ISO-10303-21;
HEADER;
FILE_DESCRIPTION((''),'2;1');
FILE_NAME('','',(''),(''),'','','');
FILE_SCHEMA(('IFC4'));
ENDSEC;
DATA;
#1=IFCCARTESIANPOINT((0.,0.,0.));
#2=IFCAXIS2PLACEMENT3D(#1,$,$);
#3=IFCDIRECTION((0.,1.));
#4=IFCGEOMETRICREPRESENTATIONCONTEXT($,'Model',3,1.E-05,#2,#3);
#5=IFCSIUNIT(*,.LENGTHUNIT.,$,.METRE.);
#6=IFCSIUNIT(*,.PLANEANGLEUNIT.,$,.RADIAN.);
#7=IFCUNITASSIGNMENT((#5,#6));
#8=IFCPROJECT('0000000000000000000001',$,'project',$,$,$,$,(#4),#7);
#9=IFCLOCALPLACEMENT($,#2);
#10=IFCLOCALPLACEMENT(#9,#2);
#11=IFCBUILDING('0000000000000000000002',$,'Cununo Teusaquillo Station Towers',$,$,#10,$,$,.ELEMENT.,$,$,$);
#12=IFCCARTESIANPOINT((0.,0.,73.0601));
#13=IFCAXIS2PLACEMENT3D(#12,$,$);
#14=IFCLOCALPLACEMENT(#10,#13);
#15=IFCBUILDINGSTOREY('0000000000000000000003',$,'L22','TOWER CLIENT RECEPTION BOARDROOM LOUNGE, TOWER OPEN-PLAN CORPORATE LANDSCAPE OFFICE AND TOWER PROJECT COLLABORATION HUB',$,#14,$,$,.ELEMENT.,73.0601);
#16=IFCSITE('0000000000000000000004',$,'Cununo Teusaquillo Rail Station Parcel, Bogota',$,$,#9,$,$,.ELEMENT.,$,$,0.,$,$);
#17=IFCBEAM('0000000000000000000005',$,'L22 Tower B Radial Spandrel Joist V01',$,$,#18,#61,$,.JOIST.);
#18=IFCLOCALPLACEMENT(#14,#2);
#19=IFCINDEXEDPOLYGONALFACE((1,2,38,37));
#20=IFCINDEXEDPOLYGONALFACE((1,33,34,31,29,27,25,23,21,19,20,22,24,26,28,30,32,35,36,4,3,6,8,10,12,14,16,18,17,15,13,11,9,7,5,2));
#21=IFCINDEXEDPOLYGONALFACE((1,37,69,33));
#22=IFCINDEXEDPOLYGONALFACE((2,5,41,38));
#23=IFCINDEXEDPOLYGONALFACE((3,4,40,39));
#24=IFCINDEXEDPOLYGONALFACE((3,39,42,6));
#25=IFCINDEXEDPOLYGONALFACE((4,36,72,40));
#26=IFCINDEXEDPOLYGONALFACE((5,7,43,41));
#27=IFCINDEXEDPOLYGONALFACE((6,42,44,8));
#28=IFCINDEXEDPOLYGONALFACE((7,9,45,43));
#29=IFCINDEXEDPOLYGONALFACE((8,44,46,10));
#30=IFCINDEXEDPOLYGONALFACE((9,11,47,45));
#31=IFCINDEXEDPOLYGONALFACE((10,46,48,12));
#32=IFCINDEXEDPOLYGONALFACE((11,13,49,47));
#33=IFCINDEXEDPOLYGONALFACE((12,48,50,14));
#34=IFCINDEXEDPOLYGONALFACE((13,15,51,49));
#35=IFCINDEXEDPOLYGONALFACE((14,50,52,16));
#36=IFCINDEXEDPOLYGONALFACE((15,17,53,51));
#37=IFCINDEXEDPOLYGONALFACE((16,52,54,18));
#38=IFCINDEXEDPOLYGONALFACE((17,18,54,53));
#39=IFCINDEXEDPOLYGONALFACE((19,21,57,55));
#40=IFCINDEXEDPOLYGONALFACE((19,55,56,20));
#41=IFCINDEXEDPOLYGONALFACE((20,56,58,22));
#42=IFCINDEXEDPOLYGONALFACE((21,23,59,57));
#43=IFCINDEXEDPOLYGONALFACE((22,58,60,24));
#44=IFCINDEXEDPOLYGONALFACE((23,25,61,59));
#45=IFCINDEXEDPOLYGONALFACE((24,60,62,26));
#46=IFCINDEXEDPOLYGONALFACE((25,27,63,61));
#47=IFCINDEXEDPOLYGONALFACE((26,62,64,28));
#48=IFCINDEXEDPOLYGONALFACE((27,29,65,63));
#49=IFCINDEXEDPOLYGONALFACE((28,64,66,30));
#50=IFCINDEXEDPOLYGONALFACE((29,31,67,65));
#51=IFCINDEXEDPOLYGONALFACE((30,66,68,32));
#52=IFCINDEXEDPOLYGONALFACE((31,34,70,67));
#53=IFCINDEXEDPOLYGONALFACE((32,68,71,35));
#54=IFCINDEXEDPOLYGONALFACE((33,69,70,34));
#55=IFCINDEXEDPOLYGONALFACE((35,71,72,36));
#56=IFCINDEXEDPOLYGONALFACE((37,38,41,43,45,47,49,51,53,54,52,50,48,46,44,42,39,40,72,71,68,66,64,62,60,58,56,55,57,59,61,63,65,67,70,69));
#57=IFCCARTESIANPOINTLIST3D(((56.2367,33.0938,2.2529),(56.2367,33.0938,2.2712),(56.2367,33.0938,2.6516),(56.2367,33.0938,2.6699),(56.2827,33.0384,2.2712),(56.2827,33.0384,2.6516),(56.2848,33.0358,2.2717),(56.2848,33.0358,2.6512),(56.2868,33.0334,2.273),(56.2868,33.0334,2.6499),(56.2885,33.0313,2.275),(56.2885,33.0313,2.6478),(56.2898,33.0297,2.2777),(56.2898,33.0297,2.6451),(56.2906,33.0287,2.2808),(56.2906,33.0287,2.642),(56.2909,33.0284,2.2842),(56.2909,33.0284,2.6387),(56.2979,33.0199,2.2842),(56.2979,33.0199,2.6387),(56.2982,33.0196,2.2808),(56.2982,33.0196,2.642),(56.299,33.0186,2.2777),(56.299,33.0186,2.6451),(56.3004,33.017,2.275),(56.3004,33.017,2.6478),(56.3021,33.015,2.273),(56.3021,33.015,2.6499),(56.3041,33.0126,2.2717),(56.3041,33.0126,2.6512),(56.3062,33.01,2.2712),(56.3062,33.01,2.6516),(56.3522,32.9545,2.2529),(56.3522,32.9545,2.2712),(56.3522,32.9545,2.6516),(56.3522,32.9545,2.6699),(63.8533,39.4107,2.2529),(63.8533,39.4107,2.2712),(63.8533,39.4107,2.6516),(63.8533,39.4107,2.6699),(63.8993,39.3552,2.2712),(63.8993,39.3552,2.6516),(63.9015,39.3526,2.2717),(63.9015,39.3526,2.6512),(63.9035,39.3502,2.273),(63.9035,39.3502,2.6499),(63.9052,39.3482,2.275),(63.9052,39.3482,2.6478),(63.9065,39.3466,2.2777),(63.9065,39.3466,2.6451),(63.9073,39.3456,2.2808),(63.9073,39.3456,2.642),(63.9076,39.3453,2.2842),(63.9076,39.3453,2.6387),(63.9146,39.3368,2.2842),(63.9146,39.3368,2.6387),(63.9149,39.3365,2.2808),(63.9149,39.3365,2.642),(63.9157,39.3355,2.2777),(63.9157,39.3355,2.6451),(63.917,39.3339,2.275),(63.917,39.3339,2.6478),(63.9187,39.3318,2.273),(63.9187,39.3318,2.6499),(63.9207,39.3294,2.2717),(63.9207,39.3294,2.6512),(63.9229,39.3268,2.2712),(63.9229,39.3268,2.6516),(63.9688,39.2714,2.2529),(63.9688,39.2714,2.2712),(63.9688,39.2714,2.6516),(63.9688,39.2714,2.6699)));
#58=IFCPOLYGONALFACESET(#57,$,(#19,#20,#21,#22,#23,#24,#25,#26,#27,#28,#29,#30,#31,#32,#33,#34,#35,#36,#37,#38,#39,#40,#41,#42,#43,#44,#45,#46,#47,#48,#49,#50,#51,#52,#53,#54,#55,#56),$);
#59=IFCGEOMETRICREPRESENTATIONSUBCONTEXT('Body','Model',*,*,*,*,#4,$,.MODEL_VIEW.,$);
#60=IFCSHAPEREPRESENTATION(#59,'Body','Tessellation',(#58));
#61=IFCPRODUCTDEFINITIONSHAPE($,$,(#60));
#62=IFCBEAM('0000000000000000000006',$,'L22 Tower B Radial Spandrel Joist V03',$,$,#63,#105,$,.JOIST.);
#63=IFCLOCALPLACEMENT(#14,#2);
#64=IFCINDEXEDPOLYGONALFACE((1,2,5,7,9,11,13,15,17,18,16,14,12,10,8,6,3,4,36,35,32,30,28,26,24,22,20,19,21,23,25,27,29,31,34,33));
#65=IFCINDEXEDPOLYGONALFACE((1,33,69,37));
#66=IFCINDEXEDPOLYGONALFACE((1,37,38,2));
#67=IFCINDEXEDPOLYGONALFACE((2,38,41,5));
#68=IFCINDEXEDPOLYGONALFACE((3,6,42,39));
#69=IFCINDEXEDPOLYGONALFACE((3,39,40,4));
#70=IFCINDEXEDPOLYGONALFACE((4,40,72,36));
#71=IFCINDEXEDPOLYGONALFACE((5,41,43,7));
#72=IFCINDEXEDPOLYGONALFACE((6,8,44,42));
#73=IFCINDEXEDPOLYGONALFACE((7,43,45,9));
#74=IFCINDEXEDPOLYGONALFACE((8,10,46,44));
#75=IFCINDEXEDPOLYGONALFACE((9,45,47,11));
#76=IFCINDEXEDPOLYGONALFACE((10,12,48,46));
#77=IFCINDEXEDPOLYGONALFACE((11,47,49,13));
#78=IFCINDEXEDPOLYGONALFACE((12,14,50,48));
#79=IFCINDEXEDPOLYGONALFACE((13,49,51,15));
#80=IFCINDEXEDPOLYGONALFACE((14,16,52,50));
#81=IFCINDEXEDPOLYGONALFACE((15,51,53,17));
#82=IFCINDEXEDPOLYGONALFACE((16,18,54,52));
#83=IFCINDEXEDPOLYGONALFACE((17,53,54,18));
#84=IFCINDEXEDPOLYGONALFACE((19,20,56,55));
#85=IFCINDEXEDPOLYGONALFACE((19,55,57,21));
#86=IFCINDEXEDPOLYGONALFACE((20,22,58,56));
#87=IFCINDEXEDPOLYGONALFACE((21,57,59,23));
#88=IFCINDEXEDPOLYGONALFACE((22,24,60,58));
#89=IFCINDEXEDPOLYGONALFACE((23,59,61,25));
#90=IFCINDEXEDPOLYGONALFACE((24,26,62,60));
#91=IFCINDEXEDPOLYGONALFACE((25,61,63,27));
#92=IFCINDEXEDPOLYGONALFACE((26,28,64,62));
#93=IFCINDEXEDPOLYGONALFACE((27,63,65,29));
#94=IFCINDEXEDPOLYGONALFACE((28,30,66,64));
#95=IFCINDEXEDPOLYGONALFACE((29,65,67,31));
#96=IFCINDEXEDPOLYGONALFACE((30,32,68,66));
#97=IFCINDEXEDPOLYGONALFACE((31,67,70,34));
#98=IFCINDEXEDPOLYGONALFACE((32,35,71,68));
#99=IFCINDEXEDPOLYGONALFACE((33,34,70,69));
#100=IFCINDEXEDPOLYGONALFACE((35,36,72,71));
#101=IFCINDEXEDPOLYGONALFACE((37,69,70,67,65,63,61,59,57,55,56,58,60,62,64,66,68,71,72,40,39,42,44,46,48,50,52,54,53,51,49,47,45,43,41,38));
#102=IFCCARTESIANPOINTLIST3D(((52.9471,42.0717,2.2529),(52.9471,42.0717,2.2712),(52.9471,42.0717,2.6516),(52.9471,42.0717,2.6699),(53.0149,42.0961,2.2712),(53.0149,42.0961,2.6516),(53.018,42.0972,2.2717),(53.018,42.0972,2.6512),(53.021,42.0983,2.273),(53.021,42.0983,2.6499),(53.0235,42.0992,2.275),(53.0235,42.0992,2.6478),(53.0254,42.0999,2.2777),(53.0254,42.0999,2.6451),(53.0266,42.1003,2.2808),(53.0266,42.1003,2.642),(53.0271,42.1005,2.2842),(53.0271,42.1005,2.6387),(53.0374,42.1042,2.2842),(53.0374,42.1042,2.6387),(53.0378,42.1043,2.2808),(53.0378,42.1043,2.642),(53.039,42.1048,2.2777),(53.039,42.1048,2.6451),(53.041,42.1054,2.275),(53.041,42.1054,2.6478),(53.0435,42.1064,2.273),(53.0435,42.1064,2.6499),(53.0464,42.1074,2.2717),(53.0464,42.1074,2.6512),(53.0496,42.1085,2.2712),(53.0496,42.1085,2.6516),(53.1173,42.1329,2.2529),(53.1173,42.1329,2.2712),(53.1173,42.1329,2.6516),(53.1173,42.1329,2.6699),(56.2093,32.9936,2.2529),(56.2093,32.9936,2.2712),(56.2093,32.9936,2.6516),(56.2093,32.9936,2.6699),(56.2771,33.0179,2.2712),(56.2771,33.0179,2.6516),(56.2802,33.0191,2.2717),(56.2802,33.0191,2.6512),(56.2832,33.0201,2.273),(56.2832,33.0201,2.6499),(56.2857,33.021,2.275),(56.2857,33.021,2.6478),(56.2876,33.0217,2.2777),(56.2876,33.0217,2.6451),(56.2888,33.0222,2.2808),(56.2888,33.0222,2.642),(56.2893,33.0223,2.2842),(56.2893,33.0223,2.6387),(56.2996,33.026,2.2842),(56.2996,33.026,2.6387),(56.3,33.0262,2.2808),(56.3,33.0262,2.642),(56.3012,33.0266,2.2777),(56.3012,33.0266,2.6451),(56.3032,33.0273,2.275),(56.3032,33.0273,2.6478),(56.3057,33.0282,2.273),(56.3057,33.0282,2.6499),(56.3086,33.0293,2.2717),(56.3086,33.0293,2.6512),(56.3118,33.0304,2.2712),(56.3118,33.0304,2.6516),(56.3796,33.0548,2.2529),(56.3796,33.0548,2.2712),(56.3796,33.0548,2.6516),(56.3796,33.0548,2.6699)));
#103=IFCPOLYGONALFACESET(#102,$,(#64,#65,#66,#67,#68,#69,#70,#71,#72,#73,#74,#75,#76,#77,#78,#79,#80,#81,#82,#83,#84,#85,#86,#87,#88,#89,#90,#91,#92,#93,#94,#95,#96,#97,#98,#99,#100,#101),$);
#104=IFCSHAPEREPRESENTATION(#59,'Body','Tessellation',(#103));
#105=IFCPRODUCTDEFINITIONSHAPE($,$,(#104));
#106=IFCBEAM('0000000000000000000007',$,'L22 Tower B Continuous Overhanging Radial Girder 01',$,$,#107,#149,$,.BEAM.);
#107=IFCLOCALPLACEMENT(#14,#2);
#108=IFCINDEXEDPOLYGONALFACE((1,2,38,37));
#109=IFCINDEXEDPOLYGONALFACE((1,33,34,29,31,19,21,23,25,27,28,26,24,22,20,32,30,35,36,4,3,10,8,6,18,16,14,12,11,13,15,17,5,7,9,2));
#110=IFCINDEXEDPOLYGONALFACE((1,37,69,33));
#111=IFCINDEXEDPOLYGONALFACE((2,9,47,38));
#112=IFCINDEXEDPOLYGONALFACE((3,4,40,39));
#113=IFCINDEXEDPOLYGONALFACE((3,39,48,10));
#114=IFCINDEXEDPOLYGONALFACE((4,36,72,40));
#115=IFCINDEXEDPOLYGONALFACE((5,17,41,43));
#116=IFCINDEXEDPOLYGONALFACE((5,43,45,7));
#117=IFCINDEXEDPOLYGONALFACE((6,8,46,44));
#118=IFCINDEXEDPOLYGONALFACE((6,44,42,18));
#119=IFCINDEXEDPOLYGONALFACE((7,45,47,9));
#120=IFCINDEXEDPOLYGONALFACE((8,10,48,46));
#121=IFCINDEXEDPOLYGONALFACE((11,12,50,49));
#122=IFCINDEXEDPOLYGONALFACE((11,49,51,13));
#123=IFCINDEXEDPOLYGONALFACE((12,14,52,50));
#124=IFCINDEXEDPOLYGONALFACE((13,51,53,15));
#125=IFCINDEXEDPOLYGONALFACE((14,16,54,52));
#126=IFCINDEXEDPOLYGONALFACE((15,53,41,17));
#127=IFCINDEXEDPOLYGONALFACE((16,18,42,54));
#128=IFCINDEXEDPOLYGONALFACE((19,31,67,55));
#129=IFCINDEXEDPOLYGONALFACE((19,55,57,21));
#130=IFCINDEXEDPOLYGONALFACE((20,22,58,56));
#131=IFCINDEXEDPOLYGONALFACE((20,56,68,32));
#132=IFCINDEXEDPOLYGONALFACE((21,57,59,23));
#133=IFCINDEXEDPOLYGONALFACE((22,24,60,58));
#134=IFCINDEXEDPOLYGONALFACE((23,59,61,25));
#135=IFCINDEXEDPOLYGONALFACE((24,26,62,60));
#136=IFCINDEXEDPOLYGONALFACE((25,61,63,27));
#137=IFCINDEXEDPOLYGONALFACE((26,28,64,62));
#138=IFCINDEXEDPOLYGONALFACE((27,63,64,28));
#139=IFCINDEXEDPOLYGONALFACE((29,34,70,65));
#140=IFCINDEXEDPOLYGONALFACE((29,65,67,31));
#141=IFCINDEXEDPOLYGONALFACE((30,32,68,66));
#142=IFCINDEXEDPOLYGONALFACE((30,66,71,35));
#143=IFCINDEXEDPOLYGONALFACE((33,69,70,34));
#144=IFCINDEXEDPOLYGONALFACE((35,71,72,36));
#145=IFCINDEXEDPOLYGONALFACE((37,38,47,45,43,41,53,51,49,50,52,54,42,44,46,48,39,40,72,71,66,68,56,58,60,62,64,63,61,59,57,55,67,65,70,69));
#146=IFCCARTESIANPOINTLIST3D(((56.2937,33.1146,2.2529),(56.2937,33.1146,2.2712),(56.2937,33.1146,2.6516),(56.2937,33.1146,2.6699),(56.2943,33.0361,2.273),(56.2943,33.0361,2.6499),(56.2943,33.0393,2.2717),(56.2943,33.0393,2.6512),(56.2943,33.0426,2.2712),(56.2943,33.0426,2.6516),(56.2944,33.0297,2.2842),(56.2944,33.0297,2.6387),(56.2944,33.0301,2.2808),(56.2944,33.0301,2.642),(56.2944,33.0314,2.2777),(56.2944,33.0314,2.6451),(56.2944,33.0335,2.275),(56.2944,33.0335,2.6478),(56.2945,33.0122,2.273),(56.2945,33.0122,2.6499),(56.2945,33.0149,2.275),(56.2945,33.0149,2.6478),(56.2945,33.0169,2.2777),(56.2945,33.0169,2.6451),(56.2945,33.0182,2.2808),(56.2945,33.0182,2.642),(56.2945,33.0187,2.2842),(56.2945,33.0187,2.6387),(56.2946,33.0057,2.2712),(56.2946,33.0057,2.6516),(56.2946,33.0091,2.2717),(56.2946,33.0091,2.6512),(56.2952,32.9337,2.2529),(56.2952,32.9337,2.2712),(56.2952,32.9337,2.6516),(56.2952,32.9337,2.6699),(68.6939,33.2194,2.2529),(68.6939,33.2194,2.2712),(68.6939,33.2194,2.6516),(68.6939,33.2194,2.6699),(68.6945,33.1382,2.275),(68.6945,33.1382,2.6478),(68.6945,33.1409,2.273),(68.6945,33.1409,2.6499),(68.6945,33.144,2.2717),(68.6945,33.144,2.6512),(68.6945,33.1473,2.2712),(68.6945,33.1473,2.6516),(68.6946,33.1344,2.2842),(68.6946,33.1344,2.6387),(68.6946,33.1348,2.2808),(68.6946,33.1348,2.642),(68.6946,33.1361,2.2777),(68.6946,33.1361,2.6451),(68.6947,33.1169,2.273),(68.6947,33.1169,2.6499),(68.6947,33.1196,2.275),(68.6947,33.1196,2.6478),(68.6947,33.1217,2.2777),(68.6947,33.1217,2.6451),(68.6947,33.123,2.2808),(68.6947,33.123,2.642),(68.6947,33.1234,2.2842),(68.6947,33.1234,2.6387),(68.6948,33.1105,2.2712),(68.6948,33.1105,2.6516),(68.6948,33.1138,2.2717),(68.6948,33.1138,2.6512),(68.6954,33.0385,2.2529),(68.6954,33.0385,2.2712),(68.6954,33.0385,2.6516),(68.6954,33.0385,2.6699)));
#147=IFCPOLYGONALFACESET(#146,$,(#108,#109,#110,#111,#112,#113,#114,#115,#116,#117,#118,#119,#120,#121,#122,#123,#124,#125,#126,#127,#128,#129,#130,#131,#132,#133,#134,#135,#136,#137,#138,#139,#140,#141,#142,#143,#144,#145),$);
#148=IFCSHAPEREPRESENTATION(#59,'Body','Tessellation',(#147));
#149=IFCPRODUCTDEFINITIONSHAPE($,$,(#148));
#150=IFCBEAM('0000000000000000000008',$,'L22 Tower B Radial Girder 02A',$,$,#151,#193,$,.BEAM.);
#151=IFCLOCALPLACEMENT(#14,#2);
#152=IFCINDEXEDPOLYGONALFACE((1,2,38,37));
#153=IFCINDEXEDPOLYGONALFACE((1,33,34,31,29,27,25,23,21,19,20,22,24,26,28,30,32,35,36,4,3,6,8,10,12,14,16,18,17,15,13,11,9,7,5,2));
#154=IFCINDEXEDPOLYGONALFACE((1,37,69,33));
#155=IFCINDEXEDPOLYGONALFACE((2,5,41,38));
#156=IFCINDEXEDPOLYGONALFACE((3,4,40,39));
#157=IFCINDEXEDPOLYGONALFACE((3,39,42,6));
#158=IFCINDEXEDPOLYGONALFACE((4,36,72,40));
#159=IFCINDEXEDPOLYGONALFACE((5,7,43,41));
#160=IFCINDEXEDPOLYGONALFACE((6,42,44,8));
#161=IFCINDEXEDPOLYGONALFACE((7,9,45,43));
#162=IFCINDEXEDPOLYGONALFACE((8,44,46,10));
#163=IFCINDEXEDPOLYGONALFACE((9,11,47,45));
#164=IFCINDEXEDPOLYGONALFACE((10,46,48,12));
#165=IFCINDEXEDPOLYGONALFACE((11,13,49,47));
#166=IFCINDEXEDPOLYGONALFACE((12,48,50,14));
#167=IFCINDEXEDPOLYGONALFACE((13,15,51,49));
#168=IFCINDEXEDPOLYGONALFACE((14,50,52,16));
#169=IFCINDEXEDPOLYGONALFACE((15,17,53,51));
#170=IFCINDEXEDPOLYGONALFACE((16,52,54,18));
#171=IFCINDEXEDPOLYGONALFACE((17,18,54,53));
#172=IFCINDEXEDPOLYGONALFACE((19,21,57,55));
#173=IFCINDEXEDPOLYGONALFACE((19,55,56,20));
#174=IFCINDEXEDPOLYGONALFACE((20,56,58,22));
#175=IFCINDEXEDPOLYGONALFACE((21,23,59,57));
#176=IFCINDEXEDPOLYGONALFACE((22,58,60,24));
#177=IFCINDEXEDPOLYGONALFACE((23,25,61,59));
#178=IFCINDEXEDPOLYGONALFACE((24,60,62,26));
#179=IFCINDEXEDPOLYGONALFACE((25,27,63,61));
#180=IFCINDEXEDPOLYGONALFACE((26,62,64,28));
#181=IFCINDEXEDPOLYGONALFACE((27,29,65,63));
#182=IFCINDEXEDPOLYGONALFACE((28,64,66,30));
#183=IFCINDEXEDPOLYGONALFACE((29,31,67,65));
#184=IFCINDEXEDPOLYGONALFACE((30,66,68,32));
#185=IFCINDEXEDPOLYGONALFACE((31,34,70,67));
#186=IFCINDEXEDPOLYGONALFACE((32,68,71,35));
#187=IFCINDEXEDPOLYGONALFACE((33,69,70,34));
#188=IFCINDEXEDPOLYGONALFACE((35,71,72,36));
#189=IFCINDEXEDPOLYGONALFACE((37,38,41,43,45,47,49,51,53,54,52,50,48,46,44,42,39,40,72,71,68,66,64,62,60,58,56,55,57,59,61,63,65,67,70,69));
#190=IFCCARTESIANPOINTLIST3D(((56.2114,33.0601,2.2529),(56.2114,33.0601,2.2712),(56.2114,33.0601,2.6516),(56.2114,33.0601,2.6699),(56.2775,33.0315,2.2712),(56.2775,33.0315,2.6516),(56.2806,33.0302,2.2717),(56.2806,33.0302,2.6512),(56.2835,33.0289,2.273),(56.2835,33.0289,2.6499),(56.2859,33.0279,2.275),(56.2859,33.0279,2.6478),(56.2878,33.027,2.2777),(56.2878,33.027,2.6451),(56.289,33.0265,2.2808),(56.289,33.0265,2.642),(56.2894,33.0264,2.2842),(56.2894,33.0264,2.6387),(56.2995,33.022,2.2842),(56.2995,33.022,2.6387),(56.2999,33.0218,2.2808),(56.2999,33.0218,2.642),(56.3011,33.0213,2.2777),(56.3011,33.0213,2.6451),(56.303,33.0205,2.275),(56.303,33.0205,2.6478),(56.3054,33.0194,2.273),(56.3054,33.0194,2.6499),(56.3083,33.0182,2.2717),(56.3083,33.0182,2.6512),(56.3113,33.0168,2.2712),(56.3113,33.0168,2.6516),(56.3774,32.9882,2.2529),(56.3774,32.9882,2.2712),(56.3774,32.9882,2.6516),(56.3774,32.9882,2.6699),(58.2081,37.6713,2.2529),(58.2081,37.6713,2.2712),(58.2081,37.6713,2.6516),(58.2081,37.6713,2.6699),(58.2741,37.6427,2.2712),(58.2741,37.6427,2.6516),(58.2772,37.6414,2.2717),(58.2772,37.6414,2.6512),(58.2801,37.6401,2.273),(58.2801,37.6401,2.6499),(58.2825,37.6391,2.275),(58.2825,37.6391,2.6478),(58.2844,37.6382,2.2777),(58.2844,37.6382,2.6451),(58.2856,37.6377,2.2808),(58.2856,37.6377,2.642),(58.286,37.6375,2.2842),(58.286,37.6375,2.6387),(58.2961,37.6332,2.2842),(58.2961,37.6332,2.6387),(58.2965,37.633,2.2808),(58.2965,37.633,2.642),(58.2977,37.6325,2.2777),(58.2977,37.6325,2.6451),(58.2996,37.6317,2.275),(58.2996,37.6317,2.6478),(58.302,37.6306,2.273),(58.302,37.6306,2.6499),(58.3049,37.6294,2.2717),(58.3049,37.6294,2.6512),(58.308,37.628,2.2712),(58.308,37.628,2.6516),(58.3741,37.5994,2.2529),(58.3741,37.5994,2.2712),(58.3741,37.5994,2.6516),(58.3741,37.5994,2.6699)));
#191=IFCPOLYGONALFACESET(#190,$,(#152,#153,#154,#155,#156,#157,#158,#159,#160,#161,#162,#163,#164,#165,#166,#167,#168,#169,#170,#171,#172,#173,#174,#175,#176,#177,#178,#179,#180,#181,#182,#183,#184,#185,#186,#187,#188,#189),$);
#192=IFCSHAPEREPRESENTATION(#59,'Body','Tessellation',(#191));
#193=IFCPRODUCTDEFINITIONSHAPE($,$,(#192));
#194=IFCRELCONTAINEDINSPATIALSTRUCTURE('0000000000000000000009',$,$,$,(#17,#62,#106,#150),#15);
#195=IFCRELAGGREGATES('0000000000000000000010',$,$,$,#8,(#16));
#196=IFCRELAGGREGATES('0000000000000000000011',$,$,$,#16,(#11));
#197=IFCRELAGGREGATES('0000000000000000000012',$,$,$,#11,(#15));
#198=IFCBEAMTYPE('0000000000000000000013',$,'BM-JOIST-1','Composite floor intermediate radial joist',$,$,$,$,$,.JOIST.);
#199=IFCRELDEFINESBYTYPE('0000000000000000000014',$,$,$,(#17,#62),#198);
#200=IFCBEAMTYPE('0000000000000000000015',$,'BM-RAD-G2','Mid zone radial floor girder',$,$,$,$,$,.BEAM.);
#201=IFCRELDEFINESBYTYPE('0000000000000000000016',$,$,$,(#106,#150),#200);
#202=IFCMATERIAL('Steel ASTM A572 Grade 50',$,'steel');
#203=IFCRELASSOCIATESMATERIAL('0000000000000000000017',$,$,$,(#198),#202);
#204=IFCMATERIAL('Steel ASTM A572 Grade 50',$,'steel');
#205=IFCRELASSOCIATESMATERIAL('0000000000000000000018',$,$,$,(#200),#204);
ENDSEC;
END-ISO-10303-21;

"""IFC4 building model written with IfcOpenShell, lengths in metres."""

from ifc_helpers import new_model, si_unit, direction, frame, origin, origin_2d, place, context, subcontext, project, spatial, i_section, extrude, material, material_profile, profile_set, type_object, element, save


model = new_model("IFC4")

# Units and contexts
model_context = context("Model", 3, precision=1e-05, world=origin(), true_north=direction((0.0, 1.0)))
body_context = subcontext(model_context, "Body", "Model", "MODEL_VIEW")
ifc_project = project(units=[si_unit("LENGTHUNIT", "METRE"), si_unit("PLANEANGLEUNIT", "RADIAN")], contexts=[model_context])

# Site, building, storey
site_placement = place(None, origin())
site = spatial("IfcSite", under=ifc_project, at=site_placement, Name="Cununo Teusaquillo Rail Station Parcel, Bogota", CompositionType="ELEMENT", RefElevation=0.0)
building_placement = place(site_placement, origin())
building = spatial("IfcBuilding", under=site, at=building_placement, Name="Cununo Teusaquillo Station Towers", CompositionType="ELEMENT")
storey_placement = place(building_placement, frame((0.0, 0.0, 73.0601)))
storey = spatial("IfcBuildingStorey", under=building, at=storey_placement, Name="L22", Description="TOWER CLIENT RECEPTION BOARDROOM LOUNGE, TOWER OPEN-PLAN CORPORATE LANDSCAPE OFFICE AND TOWER PROJECT COLLABORATION HUB", CompositionType="ELEMENT", Elevation=73.0601)

# Beams
ifc_material_1 = material(Name="Steel ASTM A572 Grade 50", Category="steel")
ifc_material_profile_1 = material_profile(ifc_material_1, i_section(OverallWidth=0.1809, OverallDepth=0.417, WebThickness=0.011, FlangeThickness=0.0183, FilletRadius=0.0129, at=origin_2d()), Name="W16X57")
ifc_profile_set_1 = profile_set([ifc_material_profile_1], Name="Steel ASTM A572 Grade 50")
beam_type_1 = type_object("IfcBeamType", Name="BM-JOIST-1", Description="Composite floor intermediate radial joist", PredefinedType="JOIST", material=ifc_profile_set_1)
beam_1_placement = place(storey_placement, frame((56.2944, 33.0242, 2.4614), z_axis=(0.769728, 0.638372, 0.0), x_axis=(-0.638372, 0.769728, 0.0)))
element("IfcBeam", 1, at=beam_1_placement, inside=storey, type_object=beam_type_1, Name="L22 Tower B Radial Spandrel Joist V01", PredefinedType="JOIST", context=body_context, shape_type="SweptSolid", body=[
    extrude(i_section(OverallWidth=0.1809, OverallDepth=0.417, WebThickness=0.011, FlangeThickness=0.0183, FilletRadius=0.0129, at=origin_2d()), origin(), (0.0, 0.0, 1.0), 9.8953),
])
beam_2_placement = place(storey_placement, frame((56.2944, 33.0242, 2.4614), z_axis=(-0.338176, 0.941083, 0.0), x_axis=(-0.941083, -0.338176, 0.0)))
element("IfcBeam", 2, at=beam_2_placement, inside=storey, type_object=beam_type_1, Name="L22 Tower B Radial Spandrel Joist V03", PredefinedType="JOIST", context=body_context, shape_type="SweptSolid", body=[
    extrude(i_section(OverallWidth=0.1809, OverallDepth=0.417, WebThickness=0.011, FlangeThickness=0.0183, FilletRadius=0.0129, at=origin_2d()), origin(), (0.0, 0.0, 1.0), 9.6465),
])
ifc_material_2 = material(Name="Steel ASTM A572 Grade 50", Category="steel")
ifc_material_profile_2 = material_profile(ifc_material_2, i_section(OverallWidth=0.1809, OverallDepth=0.417, WebThickness=0.011, FlangeThickness=0.0183, FilletRadius=0.0129, at=origin_2d()), Name="W16X57")
ifc_profile_set_2 = profile_set([ifc_material_profile_2], Name="Steel ASTM A572 Grade 50")
beam_type_2 = type_object("IfcBeamType", Name="BM-RAD-G2", Description="Mid zone radial floor girder", PredefinedType="BEAM", material=ifc_profile_set_2)
beam_3_placement = place(storey_placement, frame((56.2944, 33.0242, 2.4614), z_axis=(0.999964, 0.008446, 0.0), x_axis=(-0.008446, 0.999964, 0.0)))
element("IfcBeam", 3, at=beam_3_placement, inside=storey, type_object=beam_type_2, Name="L22 Tower B Continuous Overhanging Radial Girder 01", PredefinedType="BEAM", context=body_context, shape_type="SweptSolid", body=[
    extrude(i_section(OverallWidth=0.1809, OverallDepth=0.417, WebThickness=0.011, FlangeThickness=0.0183, FilletRadius=0.0129, at=origin_2d()), origin(), (0.0, 0.0, 1.0), 12.4006),
])
beam_4_placement = place(storey_placement, frame((56.2944, 33.0242, 2.4614), z_axis=(0.397347, 0.917668, 0.0), x_axis=(-0.917668, 0.397347, 0.0)))
element("IfcBeam", 4, at=beam_4_placement, inside=storey, type_object=beam_type_2, Name="L22 Tower B Radial Girder 02A", PredefinedType="BEAM", context=body_context, shape_type="SweptSolid", body=[
    extrude(i_section(OverallWidth=0.1809, OverallDepth=0.417, WebThickness=0.011, FlangeThickness=0.0183, FilletRadius=0.0129, at=origin_2d()), origin(), (0.0, 0.0, 1.0), 5.0249),
])

save(model, "model.ifc")
